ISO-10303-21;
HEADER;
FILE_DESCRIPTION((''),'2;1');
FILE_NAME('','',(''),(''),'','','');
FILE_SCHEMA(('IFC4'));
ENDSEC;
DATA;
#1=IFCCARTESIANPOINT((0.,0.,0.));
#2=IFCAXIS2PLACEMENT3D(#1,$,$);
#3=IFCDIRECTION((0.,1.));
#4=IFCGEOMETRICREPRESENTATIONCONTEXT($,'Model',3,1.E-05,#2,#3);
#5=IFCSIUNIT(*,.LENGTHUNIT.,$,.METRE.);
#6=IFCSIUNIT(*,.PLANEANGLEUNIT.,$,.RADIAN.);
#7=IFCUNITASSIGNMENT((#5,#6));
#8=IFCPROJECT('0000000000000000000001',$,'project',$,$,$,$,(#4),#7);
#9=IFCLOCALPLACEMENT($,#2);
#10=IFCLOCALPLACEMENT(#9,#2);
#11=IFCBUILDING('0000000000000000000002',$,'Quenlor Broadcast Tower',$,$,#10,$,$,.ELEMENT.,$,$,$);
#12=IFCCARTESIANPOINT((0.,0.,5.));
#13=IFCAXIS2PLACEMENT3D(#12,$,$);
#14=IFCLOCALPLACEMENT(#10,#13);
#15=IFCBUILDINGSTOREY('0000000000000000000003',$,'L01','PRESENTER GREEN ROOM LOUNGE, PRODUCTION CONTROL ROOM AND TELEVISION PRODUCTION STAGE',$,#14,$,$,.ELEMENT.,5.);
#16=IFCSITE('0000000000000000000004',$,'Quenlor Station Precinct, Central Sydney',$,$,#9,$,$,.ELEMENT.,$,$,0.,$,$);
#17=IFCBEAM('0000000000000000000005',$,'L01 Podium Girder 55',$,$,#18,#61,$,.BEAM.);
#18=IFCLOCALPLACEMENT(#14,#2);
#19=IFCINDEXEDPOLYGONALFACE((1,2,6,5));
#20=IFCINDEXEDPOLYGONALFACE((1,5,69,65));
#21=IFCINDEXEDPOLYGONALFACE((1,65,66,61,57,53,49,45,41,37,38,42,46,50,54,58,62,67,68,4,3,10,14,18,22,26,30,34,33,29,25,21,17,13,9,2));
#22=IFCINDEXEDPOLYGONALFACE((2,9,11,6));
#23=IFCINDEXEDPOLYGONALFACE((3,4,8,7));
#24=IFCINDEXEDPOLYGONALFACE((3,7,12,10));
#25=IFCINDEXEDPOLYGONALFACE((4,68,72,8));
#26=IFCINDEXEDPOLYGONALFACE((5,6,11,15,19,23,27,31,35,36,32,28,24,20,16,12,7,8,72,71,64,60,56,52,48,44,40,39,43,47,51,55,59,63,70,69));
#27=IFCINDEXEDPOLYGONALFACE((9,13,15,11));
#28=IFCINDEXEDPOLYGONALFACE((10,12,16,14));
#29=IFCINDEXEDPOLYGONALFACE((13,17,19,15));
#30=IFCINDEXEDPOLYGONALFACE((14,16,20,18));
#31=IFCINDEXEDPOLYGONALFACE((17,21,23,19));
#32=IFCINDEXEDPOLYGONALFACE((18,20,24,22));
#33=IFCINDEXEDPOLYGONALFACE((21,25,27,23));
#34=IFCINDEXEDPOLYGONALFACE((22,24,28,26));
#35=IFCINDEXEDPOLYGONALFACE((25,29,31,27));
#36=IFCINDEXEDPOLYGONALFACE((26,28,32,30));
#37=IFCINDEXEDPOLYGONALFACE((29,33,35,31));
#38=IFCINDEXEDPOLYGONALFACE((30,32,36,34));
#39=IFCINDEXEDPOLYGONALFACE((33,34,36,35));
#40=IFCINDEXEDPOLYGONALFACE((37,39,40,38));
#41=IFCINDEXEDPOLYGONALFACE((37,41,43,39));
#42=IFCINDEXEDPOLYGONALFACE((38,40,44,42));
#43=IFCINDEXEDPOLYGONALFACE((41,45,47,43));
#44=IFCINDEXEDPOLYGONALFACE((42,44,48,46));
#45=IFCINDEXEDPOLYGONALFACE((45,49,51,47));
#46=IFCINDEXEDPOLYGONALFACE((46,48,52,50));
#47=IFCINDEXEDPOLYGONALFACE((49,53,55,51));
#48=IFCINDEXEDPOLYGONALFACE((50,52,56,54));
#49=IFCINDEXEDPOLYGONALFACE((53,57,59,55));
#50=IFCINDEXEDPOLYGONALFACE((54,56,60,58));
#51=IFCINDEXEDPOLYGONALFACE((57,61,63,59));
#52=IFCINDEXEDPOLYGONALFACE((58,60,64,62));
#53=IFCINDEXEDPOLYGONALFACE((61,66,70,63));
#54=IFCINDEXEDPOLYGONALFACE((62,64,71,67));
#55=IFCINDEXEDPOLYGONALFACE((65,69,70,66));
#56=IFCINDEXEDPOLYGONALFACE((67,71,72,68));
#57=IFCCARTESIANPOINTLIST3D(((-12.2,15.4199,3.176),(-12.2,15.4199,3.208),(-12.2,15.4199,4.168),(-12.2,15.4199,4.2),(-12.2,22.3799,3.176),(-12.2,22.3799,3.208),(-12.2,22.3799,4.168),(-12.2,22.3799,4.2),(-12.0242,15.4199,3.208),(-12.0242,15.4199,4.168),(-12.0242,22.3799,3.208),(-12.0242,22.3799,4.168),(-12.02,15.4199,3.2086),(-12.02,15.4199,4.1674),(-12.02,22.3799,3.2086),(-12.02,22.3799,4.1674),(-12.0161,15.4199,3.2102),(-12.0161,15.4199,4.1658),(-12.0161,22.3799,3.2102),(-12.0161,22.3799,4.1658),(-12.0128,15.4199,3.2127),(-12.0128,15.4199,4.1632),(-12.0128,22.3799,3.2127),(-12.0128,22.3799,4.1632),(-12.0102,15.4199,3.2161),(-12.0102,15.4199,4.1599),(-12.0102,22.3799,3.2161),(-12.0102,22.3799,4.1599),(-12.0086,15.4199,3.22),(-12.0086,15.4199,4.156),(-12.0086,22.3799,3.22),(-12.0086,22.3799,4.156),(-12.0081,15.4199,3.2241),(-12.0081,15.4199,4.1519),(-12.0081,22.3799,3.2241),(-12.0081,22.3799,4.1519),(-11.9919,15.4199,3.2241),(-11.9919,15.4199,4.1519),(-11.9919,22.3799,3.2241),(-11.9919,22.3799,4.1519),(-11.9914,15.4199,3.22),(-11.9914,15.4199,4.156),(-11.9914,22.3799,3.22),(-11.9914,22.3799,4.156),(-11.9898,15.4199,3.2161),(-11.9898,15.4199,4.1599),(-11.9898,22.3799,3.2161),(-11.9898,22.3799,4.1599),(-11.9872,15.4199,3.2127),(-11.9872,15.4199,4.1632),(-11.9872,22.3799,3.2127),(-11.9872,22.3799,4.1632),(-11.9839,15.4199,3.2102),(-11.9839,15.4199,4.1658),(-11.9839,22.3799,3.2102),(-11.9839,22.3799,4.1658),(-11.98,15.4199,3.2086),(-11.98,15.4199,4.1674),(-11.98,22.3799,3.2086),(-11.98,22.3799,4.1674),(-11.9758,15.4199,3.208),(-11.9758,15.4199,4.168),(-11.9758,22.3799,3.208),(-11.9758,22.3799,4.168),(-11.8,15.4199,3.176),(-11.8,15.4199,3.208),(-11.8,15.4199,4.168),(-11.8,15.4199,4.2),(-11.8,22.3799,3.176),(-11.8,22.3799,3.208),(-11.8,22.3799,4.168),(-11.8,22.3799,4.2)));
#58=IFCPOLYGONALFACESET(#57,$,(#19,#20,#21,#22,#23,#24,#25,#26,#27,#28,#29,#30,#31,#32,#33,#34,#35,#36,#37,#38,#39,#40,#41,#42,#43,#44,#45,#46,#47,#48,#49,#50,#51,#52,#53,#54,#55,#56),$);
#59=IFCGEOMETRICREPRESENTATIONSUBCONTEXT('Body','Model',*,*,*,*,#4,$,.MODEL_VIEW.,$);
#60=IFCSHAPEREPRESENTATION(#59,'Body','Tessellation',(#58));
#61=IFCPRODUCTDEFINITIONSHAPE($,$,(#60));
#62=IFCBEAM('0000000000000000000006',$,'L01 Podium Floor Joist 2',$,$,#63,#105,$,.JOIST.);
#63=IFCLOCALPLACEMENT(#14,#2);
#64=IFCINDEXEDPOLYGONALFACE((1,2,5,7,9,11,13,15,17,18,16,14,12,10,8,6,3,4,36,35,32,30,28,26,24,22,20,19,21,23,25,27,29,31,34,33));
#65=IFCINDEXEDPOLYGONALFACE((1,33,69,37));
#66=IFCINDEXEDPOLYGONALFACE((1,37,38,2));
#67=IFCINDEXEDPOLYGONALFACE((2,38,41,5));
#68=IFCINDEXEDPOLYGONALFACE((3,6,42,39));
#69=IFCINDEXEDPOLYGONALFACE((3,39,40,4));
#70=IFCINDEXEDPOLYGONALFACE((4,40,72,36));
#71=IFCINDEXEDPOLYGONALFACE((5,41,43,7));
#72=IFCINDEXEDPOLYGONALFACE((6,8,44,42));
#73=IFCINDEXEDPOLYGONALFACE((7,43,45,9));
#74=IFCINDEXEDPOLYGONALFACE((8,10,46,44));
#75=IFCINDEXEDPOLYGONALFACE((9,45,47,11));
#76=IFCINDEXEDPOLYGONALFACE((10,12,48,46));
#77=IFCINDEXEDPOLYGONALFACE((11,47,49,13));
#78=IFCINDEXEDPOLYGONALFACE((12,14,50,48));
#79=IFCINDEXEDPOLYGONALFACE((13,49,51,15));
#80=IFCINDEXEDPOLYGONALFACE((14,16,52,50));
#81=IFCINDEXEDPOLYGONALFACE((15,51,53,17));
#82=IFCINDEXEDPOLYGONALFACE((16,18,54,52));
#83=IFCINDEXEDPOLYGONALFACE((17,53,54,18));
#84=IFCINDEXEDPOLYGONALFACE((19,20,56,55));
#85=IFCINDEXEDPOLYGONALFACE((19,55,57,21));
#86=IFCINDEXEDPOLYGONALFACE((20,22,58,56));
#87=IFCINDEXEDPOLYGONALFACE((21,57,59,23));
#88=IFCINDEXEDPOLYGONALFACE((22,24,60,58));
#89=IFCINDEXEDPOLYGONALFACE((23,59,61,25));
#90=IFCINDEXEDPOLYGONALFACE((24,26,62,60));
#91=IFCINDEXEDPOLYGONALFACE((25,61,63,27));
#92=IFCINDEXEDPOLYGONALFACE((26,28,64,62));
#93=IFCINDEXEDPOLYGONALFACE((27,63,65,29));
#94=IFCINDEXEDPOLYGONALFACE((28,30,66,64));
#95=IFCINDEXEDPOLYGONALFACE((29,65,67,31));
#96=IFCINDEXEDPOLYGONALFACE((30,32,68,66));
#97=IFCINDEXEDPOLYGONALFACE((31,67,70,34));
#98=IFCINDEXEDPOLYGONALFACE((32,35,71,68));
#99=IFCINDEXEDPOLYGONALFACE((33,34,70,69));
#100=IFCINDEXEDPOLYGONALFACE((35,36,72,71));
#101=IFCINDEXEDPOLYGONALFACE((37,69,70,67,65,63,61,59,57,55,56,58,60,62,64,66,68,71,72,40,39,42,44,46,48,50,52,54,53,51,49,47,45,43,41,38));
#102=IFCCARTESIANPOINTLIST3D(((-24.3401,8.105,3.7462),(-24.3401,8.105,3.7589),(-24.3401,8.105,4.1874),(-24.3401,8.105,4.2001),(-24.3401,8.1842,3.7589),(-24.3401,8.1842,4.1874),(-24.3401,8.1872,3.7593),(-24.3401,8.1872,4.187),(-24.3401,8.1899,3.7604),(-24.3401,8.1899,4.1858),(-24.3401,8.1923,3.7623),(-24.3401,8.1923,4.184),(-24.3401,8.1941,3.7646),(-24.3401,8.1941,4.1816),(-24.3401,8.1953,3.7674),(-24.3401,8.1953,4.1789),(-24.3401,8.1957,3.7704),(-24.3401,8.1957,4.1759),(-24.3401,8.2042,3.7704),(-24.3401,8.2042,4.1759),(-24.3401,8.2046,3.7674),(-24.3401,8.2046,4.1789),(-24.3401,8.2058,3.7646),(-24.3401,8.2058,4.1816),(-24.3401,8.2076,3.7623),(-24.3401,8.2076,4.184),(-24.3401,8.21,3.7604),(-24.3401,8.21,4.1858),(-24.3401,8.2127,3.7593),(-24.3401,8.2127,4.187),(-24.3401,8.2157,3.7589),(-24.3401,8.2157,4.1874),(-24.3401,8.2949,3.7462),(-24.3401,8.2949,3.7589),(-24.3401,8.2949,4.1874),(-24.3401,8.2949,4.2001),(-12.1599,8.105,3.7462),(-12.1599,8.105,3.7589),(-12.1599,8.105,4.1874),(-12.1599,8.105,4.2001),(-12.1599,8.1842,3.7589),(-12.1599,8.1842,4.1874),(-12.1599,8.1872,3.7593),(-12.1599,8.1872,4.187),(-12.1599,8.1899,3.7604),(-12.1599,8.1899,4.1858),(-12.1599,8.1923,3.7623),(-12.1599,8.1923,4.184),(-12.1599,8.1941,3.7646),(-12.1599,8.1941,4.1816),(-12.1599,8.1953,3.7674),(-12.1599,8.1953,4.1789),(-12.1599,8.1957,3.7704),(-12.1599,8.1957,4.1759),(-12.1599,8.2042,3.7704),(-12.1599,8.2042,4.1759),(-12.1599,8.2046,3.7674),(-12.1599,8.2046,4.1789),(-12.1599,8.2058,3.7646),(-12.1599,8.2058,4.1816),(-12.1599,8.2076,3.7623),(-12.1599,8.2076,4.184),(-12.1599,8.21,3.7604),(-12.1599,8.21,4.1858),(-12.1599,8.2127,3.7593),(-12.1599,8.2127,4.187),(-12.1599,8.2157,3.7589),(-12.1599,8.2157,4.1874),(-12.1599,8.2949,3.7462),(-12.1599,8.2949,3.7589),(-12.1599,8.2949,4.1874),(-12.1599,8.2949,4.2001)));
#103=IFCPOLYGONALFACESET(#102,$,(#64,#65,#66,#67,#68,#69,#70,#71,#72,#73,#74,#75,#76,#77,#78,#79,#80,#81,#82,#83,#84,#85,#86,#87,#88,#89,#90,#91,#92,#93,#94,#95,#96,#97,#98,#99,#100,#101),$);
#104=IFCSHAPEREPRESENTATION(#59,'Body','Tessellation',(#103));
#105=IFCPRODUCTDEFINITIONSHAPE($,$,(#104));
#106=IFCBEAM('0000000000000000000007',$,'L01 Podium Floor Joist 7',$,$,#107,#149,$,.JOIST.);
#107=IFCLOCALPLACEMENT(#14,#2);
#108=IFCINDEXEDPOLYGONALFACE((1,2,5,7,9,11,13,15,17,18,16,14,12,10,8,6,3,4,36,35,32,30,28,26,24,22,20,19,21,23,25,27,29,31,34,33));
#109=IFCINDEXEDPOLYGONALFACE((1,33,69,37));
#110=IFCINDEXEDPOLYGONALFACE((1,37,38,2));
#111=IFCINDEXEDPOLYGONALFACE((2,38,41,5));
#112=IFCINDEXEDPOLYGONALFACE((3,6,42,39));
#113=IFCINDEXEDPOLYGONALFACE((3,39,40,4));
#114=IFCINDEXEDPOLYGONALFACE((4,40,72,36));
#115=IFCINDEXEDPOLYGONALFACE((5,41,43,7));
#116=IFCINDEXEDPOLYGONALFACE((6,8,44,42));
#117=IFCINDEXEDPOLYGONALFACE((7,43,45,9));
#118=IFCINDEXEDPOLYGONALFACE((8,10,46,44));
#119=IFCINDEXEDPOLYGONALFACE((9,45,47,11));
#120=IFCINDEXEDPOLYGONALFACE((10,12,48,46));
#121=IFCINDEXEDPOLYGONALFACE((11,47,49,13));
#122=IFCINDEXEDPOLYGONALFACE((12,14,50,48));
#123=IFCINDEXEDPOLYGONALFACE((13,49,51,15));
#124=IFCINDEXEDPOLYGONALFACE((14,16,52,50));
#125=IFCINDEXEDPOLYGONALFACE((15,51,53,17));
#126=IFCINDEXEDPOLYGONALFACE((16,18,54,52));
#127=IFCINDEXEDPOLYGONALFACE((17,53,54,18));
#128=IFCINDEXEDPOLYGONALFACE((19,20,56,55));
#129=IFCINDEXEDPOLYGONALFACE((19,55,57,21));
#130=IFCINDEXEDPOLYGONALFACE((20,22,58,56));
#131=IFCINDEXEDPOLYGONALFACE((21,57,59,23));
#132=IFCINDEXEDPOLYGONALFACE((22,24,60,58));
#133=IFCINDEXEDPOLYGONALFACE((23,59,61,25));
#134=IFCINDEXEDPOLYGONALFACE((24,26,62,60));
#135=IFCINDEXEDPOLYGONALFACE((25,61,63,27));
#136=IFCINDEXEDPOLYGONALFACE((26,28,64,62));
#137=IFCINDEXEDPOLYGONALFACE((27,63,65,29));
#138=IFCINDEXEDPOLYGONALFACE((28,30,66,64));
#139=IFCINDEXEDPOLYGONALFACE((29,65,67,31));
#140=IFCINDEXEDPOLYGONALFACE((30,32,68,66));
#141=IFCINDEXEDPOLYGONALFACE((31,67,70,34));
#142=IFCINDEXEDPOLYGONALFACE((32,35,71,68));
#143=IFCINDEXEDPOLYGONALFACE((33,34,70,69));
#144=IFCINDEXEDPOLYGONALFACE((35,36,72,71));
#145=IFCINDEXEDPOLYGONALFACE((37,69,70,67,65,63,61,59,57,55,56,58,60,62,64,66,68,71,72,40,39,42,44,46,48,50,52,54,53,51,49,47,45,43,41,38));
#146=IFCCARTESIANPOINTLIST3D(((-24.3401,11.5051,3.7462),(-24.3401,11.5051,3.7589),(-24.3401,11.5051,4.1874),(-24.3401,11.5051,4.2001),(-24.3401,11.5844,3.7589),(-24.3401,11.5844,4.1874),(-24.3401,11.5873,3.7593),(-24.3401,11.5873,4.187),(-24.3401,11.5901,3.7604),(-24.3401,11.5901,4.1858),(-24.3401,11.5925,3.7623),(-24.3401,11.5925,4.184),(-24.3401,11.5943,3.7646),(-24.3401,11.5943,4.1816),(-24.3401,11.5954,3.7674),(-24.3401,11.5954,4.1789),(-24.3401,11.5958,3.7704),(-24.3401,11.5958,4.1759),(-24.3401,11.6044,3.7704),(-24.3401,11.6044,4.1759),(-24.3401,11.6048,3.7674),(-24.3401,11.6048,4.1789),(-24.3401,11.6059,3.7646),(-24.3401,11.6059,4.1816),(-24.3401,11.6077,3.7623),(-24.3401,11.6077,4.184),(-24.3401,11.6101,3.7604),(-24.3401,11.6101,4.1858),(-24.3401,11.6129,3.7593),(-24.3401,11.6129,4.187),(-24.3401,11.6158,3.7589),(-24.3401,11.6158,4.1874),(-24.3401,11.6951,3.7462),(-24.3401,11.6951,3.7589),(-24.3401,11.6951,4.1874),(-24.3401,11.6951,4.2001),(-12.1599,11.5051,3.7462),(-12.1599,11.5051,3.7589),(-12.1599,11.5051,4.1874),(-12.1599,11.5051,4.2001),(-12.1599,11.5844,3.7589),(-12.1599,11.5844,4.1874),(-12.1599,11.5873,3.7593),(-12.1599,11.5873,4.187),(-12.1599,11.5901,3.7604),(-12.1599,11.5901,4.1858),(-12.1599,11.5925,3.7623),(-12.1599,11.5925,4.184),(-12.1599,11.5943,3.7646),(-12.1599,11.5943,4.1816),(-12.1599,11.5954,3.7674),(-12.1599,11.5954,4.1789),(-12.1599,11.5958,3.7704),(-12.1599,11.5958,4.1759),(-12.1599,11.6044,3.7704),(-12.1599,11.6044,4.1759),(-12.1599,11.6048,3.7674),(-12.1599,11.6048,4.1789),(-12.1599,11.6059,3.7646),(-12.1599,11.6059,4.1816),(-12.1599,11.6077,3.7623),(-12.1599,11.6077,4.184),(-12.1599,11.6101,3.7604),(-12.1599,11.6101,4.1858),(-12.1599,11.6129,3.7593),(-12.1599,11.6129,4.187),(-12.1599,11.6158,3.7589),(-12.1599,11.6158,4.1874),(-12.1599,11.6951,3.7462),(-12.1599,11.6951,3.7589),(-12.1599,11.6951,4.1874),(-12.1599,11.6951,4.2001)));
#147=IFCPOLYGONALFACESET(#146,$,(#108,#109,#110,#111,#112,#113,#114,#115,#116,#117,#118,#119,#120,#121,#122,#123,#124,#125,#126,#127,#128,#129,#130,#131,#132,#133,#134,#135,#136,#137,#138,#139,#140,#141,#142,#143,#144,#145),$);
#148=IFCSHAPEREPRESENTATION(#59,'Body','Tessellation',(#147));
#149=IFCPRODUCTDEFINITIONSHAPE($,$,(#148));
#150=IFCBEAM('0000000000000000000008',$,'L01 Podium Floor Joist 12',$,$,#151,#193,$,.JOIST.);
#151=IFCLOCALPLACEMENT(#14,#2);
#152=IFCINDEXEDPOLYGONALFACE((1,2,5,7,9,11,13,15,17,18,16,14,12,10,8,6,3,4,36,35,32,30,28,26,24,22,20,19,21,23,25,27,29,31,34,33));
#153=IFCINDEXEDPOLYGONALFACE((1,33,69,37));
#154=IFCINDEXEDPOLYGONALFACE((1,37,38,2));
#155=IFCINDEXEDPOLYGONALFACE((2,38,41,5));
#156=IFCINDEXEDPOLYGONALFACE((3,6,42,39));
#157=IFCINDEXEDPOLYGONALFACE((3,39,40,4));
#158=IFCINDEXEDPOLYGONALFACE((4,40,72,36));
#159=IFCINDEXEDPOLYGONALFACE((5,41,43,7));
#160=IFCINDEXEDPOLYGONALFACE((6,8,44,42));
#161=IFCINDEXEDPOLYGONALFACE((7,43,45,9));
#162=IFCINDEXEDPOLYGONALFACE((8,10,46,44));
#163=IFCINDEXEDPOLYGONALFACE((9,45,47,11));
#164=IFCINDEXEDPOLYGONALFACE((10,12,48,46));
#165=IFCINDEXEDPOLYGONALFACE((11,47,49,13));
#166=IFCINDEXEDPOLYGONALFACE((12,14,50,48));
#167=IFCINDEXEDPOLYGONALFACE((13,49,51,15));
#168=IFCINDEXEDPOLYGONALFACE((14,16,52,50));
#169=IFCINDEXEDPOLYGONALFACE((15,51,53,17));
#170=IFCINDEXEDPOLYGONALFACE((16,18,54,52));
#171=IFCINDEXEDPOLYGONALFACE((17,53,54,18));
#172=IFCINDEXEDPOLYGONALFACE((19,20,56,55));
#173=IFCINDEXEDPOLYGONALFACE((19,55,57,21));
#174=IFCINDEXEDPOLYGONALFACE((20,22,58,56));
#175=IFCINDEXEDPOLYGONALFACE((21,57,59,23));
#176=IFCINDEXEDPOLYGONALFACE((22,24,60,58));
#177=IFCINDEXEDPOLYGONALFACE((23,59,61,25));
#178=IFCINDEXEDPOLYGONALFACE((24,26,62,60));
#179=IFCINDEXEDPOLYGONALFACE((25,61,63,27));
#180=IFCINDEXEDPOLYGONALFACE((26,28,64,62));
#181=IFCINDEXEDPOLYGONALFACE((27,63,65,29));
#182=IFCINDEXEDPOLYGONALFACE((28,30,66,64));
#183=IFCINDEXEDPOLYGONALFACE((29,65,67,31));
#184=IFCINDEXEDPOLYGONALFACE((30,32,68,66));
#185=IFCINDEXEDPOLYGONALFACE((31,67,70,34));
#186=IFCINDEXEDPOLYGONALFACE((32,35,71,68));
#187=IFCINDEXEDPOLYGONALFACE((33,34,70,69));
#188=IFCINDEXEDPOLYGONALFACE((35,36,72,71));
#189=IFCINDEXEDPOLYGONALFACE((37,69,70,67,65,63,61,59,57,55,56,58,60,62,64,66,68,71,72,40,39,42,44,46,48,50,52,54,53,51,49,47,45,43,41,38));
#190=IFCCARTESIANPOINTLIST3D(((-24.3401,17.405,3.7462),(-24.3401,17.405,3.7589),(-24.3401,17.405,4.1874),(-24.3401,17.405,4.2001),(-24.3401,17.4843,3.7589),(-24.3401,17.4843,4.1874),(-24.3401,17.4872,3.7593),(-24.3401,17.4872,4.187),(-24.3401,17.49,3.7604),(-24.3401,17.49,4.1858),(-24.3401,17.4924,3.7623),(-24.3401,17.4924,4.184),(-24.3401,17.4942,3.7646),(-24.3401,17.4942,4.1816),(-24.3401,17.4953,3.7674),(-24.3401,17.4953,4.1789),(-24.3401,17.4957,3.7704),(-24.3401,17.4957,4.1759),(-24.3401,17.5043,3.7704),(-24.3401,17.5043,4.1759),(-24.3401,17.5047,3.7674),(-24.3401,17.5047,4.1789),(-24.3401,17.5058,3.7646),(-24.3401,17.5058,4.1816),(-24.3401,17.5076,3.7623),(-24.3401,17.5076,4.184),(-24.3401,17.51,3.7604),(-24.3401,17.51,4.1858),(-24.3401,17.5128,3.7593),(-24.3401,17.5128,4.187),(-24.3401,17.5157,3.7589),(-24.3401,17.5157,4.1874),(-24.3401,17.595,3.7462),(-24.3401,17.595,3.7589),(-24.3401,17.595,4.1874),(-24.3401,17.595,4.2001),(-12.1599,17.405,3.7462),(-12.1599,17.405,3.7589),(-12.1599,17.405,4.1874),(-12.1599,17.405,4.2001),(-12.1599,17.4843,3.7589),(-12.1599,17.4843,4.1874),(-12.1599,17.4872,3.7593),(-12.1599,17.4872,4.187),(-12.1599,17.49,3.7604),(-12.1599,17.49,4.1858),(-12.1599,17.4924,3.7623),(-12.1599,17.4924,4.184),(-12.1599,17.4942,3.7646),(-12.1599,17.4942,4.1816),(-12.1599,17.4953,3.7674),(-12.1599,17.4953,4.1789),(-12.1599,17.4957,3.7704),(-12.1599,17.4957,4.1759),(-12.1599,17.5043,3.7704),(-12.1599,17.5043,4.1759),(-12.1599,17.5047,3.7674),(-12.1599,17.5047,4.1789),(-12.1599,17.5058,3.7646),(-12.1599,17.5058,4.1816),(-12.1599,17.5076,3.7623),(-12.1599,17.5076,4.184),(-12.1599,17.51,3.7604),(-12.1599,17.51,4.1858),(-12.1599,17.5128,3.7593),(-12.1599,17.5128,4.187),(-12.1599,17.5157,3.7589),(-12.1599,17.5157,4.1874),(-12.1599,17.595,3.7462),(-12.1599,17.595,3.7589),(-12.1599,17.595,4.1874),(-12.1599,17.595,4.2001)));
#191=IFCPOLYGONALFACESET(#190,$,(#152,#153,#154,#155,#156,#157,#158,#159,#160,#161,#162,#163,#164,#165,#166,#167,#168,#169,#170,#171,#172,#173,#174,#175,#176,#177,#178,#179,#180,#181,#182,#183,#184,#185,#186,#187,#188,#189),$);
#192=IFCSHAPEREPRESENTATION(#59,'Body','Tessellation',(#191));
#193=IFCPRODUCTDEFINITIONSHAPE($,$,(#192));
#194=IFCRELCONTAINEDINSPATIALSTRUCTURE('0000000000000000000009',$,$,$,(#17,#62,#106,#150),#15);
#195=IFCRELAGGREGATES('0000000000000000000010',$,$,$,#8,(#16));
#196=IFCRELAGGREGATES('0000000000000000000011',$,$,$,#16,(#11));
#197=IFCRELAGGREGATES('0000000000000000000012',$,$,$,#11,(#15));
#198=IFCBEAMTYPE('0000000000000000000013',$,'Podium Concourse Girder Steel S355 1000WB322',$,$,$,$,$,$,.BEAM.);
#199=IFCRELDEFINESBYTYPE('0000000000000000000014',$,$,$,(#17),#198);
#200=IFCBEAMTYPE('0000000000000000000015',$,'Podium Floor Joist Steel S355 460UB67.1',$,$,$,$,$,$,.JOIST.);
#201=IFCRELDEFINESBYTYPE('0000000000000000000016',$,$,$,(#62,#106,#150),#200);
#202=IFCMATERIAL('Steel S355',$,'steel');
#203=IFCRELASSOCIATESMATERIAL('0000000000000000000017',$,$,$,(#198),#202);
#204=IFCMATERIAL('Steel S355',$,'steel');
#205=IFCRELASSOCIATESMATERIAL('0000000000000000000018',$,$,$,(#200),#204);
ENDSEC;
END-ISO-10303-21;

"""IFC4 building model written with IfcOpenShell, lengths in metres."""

from ifc_helpers import new_model, si_unit, direction, frame, origin, origin_2d, place, context, subcontext, project, spatial, i_section, extrude, material, material_profile, profile_set, type_object, element, save


model = new_model("IFC4")

# Units and contexts
model_context = context("Model", 3, precision=1e-05, world=origin(), true_north=direction((0.0, 1.0)))
body_context = subcontext(model_context, "Body", "Model", "MODEL_VIEW")
ifc_project = project(units=[si_unit("LENGTHUNIT", "METRE"), si_unit("PLANEANGLEUNIT", "RADIAN")], contexts=[model_context])

# Site, building, storey
site_placement = place(None, origin())
site = spatial("IfcSite", under=ifc_project, at=site_placement, Name="Quenlor Station Precinct, Central Sydney", CompositionType="ELEMENT", RefElevation=0.0)
building_placement = place(site_placement, origin())
building = spatial("IfcBuilding", under=site, at=building_placement, Name="Quenlor Broadcast Tower", CompositionType="ELEMENT")
storey_placement = place(building_placement, frame((0.0, 0.0, 5.0)))
storey = spatial("IfcBuildingStorey", under=building, at=storey_placement, Name="L01", Description="PRESENTER GREEN ROOM LOUNGE, PRODUCTION CONTROL ROOM AND TELEVISION PRODUCTION STAGE", CompositionType="ELEMENT", Elevation=5.0)

# Beams
ifc_material_1 = material(Name="Steel S355", Category="steel")
ifc_material_profile_1 = material_profile(ifc_material_1, i_section(OverallWidth=0.3999, OverallDepth=1.0239, WebThickness=0.0161, FlangeThickness=0.032, FilletRadius=0.0161, at=origin_2d()))
ifc_profile_set_1 = profile_set([ifc_material_profile_1], Name="Steel S355 1000WB322")
beam_type_1 = type_object("IfcBeamType", Name="Podium Concourse Girder Steel S355 1000WB322", PredefinedType="BEAM", material=ifc_profile_set_1)
beam_1_placement = place(storey_placement, frame((-12.0, 15.4199, 3.688), z_axis=(0.0, 1.0, 0.0), x_axis=(-1.0, 0.0, 0.0)))
element("IfcBeam", 1, at=beam_1_placement, inside=storey, type_object=beam_type_1, Name="L01 Podium Girder 55", PredefinedType="BEAM", context=body_context, shape_type="SweptSolid", body=[
    extrude(i_section(OverallWidth=0.3999, OverallDepth=1.0239, WebThickness=0.0161, FlangeThickness=0.032, FilletRadius=0.0161, at=origin_2d()), origin(), (0.0, 0.0, 1.0), 6.96),
])
ifc_material_2 = material(Name="Steel S355", Category="steel")
ifc_material_profile_2 = material_profile(ifc_material_2, i_section(OverallWidth=0.1899, OverallDepth=0.4539, WebThickness=0.0085, FlangeThickness=0.0127, FilletRadius=0.0115, at=origin_2d()))
ifc_profile_set_2 = profile_set([ifc_material_profile_2], Name="Steel S355 460UB67.1")
beam_type_2 = type_object("IfcBeamType", Name="Podium Floor Joist Steel S355 460UB67.1", PredefinedType="JOIST", material=ifc_profile_set_2)
for number, where, z_axis, x_axis, name in (
    (2, (-24.3401, 8.2, 3.9731), (1.0, 0.0, 0.0), (0.0, 1.0, 0.0), "L01 Podium Floor Joist 2"),
    (3, (-24.3401, 11.6001, 3.9731), (1.0, 0.0, 0.0), (0.0, 1.0, 0.0), "L01 Podium Floor Joist 7"),
    (4, (-24.3401, 17.5, 3.9731), (1.0, 0.0, 0.0), (0.0, 1.0, 0.0), "L01 Podium Floor Joist 12"),
):
    element("IfcBeam", number, at=place(storey_placement, frame(where, z_axis=z_axis, x_axis=x_axis)), inside=storey, type_object=beam_type_2, Name=name, PredefinedType="JOIST", context=body_context, shape_type="SweptSolid", body=[
        extrude(i_section(OverallWidth=0.1899, OverallDepth=0.4539, WebThickness=0.0085, FlangeThickness=0.0127, FilletRadius=0.0115, at=origin_2d()), origin(), (0.0, 0.0, 1.0), 12.1802),
    ])

save(model, "model.ifc")
